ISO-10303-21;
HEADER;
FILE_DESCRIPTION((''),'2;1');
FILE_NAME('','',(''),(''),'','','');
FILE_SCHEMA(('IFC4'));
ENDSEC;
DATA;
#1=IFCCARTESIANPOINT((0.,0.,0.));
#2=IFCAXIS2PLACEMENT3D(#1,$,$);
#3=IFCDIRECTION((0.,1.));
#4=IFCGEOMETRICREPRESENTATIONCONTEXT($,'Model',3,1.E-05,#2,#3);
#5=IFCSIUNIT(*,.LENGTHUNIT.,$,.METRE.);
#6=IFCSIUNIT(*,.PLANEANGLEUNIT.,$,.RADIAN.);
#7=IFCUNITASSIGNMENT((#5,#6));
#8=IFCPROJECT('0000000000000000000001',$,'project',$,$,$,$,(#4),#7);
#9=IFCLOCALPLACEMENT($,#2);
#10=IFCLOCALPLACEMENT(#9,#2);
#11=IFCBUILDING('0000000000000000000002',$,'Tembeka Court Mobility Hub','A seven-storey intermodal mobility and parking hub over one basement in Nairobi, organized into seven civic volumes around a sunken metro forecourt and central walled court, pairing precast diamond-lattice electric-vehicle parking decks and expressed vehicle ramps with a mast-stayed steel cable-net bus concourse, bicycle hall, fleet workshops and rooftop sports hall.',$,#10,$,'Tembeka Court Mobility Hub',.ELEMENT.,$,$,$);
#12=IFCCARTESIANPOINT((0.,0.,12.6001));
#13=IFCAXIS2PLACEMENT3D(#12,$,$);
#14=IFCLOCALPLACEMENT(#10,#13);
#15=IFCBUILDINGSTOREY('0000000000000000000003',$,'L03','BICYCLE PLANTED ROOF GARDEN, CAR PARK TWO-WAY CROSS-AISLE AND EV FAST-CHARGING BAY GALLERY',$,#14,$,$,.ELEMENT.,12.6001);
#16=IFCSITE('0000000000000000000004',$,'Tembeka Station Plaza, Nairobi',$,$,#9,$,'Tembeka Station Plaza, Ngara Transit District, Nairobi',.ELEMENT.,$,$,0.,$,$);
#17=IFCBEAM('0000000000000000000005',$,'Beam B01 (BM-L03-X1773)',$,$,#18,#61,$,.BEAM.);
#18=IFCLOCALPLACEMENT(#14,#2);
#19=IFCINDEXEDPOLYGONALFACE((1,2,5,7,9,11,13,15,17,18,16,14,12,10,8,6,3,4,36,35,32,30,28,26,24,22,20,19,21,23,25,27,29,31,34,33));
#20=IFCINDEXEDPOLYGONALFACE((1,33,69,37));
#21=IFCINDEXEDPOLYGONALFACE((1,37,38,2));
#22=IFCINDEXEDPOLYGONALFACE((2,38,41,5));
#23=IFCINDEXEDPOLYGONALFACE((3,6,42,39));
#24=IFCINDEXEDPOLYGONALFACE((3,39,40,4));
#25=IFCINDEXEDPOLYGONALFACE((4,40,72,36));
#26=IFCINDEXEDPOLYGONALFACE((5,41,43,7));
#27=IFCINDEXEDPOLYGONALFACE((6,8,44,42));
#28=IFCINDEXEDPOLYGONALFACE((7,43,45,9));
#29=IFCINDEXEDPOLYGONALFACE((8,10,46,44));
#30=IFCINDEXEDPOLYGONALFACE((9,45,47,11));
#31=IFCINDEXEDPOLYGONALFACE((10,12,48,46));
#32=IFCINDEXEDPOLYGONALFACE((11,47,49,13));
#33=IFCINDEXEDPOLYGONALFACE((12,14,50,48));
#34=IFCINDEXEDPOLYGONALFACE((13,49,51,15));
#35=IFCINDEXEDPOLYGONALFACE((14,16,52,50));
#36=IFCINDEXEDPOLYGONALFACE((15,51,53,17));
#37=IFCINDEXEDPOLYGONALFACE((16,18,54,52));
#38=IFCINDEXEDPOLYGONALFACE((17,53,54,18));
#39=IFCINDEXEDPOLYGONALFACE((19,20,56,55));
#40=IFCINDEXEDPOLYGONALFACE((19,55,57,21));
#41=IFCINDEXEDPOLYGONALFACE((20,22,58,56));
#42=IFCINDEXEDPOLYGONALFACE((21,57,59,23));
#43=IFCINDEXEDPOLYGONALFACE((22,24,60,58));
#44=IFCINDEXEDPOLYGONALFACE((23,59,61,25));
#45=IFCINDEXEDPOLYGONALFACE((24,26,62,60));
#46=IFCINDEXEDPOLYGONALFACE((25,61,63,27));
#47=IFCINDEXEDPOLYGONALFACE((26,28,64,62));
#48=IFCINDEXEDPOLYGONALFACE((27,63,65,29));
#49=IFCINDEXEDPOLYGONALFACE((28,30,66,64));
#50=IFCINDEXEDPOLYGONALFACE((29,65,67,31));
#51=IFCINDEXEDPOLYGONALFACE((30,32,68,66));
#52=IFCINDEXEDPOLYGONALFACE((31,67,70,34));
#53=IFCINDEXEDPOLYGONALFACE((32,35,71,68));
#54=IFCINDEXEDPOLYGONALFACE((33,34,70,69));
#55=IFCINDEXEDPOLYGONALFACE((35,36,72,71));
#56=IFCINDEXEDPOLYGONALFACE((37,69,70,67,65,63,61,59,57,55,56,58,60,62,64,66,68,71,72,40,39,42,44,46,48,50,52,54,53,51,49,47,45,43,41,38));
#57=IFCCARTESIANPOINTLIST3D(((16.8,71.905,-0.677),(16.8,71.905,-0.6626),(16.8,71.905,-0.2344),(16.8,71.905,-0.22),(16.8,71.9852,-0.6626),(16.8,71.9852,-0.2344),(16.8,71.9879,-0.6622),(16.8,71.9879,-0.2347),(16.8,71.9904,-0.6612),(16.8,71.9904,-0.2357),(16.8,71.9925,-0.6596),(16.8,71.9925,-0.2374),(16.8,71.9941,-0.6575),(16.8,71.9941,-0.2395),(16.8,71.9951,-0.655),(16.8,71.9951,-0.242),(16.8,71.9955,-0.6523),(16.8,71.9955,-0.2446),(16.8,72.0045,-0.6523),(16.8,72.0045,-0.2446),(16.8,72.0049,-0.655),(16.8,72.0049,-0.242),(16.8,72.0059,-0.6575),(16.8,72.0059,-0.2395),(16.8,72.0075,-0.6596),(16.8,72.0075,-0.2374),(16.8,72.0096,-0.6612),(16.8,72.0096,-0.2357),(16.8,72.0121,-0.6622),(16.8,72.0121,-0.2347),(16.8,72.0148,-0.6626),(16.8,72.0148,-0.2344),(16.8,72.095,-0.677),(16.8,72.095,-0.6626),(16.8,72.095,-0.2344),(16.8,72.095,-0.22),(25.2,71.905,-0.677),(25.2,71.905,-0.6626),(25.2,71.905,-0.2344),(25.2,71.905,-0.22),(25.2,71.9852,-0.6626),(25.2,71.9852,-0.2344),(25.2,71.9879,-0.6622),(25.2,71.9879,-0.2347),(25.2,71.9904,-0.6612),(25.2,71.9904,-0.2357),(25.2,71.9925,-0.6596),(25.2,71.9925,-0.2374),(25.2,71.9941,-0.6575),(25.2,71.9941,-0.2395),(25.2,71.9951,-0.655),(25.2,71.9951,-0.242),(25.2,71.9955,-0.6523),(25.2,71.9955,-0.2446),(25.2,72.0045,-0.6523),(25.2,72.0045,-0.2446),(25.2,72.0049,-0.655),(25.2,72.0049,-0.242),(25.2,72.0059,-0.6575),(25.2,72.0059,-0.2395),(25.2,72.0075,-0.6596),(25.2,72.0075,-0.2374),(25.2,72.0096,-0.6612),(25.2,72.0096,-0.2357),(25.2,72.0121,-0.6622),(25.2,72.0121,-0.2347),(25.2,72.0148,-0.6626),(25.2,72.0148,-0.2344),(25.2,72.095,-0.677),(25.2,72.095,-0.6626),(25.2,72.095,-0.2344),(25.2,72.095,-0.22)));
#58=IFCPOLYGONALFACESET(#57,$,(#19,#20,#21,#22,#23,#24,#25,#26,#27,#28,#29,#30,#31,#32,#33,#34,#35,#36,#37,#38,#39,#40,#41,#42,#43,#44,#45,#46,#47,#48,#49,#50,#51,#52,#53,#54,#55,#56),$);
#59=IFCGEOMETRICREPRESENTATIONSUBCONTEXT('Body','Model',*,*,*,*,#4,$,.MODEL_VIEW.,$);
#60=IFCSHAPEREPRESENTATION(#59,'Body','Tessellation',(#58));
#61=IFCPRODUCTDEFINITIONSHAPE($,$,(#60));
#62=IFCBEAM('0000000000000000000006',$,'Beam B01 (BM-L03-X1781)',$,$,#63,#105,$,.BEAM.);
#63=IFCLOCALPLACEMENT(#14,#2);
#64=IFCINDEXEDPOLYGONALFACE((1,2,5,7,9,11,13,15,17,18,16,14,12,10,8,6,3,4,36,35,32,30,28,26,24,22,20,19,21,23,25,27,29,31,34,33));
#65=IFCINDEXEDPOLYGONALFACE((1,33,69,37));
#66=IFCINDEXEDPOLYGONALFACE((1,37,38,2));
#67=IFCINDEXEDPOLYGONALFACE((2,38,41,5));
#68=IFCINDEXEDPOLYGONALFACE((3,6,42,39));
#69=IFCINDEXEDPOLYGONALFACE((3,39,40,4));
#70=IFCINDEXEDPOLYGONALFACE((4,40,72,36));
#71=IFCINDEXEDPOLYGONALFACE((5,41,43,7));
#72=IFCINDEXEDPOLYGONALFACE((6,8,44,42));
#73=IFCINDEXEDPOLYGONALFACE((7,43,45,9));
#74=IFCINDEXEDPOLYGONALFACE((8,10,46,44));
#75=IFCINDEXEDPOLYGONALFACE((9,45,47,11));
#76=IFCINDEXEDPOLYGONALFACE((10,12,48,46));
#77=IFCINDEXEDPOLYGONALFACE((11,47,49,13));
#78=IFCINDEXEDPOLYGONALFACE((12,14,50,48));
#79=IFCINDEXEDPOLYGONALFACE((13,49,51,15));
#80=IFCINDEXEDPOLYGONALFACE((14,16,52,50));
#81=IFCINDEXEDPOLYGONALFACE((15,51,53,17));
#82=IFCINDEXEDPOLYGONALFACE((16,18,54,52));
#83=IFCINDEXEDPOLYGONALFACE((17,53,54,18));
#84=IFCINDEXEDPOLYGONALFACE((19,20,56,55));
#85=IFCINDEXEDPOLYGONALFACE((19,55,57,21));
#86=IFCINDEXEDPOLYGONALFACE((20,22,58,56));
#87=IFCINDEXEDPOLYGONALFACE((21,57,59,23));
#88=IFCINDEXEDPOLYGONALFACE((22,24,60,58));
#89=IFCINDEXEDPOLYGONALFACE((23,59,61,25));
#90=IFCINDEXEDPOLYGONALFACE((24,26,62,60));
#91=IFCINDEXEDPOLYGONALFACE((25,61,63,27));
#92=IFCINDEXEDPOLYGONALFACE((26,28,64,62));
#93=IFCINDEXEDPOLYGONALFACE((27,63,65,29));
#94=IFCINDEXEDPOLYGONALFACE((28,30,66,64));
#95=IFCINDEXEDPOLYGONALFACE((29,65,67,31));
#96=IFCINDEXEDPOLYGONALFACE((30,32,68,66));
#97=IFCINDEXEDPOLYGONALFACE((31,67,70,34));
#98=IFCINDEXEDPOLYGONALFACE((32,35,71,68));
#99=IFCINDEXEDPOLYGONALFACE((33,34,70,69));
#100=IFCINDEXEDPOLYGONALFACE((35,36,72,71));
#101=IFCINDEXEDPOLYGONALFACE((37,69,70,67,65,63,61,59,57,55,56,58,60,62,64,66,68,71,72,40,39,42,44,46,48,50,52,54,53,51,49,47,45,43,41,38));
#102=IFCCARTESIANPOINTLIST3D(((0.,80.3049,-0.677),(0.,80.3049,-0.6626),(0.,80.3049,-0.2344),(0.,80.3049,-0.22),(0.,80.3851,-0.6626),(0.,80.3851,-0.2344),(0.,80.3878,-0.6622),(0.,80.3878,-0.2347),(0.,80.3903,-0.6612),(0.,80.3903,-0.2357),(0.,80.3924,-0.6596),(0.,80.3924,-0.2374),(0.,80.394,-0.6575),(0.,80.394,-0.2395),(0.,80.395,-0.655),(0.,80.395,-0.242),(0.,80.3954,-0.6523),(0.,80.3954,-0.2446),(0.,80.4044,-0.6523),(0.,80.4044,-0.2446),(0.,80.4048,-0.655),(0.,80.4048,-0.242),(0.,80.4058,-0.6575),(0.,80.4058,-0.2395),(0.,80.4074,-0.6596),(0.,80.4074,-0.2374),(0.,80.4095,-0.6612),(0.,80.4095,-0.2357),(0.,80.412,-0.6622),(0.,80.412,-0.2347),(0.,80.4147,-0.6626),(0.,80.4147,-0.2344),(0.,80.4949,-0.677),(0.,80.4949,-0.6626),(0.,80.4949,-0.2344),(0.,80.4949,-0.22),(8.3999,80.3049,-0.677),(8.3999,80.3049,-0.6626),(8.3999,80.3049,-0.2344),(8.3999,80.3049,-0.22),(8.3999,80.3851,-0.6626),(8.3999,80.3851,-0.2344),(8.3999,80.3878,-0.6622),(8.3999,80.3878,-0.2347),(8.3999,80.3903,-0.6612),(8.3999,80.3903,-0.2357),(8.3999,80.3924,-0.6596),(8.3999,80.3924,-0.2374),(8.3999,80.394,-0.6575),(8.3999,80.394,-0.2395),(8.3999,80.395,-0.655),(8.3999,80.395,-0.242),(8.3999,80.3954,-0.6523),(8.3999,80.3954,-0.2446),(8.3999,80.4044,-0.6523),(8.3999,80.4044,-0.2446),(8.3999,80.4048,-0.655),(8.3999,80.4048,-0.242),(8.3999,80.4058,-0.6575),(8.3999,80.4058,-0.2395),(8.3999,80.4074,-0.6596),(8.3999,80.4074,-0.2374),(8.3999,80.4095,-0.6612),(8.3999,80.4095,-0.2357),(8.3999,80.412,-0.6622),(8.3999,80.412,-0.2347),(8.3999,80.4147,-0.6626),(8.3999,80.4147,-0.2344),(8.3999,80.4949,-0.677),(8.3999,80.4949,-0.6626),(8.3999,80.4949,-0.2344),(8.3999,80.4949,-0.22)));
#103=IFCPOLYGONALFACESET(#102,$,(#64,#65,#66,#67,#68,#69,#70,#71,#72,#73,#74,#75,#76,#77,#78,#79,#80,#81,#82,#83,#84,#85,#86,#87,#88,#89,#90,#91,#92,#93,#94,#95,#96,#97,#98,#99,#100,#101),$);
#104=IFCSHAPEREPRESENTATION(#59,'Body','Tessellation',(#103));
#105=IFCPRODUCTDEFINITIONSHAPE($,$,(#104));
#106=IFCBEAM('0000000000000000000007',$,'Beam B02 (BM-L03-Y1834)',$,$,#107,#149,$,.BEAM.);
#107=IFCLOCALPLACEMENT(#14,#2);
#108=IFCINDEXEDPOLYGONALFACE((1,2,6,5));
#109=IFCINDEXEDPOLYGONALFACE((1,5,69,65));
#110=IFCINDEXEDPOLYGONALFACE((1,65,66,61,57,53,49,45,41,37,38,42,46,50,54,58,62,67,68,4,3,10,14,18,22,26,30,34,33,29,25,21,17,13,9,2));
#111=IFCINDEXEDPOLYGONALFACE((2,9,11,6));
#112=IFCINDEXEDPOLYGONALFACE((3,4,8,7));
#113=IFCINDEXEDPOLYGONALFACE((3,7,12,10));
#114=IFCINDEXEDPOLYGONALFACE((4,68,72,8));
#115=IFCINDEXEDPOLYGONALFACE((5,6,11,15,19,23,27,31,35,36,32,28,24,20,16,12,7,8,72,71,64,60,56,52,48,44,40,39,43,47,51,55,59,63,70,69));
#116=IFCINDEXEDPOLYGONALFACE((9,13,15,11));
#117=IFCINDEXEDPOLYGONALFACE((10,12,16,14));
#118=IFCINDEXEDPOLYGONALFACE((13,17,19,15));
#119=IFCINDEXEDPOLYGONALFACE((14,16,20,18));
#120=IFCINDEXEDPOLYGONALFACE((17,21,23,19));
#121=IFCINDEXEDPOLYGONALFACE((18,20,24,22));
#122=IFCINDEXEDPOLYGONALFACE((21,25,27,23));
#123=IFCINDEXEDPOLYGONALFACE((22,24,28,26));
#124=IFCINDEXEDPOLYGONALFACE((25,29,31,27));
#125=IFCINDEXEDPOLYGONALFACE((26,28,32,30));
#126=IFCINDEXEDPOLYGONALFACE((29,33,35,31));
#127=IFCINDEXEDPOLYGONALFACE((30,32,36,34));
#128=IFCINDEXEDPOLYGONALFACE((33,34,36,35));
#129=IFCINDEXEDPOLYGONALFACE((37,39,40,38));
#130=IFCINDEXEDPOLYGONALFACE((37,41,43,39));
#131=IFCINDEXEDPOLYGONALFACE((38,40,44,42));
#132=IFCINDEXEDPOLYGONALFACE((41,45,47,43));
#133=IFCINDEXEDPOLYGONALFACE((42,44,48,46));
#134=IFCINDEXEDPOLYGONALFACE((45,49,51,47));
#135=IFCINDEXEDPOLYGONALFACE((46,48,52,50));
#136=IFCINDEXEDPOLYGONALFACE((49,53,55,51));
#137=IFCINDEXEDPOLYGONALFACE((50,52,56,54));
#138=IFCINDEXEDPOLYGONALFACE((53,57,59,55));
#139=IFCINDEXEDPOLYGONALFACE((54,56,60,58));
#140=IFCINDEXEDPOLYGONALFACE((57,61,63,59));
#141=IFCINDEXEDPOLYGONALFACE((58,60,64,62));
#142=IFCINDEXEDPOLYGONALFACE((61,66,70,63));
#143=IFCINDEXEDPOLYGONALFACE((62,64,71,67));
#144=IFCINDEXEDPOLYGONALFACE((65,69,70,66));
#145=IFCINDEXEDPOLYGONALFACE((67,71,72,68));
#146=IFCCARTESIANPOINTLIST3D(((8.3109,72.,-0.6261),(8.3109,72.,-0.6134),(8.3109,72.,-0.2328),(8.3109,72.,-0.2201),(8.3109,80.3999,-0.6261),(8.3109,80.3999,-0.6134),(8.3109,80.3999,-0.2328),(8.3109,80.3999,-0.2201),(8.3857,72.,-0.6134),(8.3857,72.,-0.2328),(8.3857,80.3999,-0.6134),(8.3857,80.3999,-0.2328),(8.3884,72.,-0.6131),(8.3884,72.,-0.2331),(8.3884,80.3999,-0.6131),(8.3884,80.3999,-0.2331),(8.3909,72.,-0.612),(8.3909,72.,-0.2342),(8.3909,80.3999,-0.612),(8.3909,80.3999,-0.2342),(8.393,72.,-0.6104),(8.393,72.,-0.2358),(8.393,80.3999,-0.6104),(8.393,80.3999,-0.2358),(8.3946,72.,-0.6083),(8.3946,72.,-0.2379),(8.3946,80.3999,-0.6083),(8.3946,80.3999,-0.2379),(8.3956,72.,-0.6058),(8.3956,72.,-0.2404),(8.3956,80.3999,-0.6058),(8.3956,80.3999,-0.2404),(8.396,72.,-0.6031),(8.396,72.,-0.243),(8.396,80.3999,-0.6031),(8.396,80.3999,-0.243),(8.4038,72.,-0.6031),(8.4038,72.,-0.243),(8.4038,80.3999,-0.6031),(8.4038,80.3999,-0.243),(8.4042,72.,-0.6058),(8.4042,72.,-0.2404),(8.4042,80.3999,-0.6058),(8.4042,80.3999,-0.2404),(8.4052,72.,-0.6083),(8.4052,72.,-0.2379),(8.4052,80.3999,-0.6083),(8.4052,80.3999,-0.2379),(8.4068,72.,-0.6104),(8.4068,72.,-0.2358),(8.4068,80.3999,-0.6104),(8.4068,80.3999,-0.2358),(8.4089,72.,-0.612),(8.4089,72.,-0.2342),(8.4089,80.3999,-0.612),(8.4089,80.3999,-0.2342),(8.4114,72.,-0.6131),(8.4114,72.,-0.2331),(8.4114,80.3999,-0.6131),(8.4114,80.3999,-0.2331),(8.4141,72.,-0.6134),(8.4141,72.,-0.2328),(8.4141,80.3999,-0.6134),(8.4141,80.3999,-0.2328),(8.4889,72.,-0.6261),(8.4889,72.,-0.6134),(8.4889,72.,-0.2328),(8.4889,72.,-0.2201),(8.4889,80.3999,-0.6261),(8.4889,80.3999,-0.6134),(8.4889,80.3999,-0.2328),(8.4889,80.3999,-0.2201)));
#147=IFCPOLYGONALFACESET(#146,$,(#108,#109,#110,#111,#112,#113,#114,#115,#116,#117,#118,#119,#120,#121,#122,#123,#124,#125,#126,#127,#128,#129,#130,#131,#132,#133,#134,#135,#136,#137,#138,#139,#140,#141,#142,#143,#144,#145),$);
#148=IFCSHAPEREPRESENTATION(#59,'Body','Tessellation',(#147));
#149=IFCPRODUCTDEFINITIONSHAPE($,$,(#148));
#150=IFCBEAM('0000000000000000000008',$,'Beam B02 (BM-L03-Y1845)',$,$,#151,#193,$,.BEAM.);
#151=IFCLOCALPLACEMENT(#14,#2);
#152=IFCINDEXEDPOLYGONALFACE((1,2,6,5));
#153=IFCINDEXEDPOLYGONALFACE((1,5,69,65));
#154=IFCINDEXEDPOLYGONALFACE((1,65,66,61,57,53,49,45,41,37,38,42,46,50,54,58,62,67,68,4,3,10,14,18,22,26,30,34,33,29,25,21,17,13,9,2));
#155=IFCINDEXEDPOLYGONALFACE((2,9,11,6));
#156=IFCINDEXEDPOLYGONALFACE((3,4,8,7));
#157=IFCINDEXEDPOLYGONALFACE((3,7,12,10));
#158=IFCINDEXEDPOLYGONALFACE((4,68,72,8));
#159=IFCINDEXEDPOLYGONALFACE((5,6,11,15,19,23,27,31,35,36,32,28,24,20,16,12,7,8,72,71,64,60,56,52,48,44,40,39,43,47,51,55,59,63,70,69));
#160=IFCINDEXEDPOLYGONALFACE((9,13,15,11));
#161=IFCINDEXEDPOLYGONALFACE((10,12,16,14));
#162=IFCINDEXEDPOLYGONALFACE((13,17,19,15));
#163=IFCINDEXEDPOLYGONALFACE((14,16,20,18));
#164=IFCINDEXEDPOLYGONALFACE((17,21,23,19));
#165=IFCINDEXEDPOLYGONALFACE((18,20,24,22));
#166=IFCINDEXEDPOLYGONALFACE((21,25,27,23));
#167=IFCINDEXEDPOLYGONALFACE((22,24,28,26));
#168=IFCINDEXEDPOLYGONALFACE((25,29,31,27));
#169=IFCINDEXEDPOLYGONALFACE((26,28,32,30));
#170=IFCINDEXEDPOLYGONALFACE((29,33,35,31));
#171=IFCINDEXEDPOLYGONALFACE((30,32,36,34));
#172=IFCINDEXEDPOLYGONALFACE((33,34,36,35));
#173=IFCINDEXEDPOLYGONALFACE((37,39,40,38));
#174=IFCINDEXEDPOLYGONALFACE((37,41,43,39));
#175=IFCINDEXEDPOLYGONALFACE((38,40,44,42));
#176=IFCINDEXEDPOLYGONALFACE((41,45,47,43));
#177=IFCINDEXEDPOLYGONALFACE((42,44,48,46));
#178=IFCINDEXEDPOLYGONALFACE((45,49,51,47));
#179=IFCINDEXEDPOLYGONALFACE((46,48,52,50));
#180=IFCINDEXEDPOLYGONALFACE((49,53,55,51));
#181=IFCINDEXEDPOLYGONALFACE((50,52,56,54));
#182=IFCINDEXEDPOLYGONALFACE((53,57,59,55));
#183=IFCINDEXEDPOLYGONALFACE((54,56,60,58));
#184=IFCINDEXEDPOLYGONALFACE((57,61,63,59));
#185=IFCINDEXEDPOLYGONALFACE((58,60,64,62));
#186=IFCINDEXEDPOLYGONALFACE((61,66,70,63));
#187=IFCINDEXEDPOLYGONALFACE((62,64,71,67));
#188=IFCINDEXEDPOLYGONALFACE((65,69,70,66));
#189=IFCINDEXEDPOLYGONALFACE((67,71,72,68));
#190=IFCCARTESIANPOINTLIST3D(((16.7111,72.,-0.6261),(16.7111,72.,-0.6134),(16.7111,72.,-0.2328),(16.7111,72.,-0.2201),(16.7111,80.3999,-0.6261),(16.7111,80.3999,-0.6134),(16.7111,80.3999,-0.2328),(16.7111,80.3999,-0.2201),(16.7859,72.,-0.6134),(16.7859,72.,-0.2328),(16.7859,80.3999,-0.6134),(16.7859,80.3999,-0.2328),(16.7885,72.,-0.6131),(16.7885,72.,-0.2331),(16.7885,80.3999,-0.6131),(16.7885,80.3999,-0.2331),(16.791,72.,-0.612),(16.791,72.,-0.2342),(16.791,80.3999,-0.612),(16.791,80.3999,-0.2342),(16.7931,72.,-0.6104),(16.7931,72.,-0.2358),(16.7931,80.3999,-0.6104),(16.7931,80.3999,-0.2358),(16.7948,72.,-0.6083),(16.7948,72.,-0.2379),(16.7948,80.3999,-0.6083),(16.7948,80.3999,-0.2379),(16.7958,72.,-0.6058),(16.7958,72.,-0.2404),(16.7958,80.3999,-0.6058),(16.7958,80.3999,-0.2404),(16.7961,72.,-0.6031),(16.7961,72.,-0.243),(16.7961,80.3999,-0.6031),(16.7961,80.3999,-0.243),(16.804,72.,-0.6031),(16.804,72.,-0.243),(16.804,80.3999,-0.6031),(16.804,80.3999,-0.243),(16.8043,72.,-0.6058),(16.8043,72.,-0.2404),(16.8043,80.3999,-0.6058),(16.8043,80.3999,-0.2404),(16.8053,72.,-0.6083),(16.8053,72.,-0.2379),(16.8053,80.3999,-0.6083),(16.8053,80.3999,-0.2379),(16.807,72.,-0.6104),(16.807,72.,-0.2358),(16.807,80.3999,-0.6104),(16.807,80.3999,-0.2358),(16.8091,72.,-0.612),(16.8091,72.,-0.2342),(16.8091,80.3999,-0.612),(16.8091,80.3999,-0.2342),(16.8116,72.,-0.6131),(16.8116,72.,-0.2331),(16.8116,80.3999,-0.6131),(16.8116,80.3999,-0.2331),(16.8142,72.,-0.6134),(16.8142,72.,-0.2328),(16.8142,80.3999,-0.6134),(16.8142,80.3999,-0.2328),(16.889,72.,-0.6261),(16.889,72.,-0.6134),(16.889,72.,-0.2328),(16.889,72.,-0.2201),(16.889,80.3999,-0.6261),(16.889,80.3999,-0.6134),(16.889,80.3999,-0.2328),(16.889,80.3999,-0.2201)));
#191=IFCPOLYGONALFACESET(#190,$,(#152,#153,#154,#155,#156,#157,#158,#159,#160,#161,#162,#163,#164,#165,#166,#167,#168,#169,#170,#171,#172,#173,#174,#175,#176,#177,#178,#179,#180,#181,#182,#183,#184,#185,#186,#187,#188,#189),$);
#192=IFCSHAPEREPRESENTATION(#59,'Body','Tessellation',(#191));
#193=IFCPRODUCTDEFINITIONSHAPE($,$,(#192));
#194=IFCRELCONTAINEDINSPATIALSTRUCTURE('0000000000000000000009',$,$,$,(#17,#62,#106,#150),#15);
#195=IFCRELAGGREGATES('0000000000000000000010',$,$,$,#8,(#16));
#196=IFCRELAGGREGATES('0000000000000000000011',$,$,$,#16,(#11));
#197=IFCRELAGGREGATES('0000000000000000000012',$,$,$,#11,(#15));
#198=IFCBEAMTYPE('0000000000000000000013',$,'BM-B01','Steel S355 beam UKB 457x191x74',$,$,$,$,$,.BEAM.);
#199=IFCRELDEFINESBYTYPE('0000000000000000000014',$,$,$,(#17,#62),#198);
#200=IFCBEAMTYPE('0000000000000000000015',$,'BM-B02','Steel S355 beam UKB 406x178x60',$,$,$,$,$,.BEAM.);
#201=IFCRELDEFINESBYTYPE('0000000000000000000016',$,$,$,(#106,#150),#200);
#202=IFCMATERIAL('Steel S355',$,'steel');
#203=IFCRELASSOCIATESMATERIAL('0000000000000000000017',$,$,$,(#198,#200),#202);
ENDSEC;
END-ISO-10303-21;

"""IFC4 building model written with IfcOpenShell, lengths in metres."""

from ifc_helpers import new_model, si_unit, direction, frame, origin, origin_2d, place, context, subcontext, project, spatial, i_section, extrude, material, material_profile, profile_set, type_object, element, save


model = new_model("IFC4")

# Units and contexts
model_context = context("Model", 3, precision=1e-05, world=origin(), true_north=direction((0.0, 1.0)))
body_context = subcontext(model_context, "Body", "Model", "MODEL_VIEW")
ifc_project = project(units=[si_unit("LENGTHUNIT", "METRE"), si_unit("PLANEANGLEUNIT", "RADIAN")], contexts=[model_context])

# Site, building, storey
site_placement = place(None, origin())
site = spatial("IfcSite", under=ifc_project, at=site_placement, Name="Tembeka Station Plaza, Nairobi", LongName="Tembeka Station Plaza, Ngara Transit District, Nairobi", CompositionType="ELEMENT", RefElevation=0.0)
building_placement = place(site_placement, origin())
building = spatial("IfcBuilding", under=site, at=building_placement, Name="Tembeka Court Mobility Hub", Description="A seven-storey intermodal mobility and parking hub over one basement in Nairobi, organized into seven civic volumes around a sunken metro forecourt and central walled court, pairing precast diamond-lattice electric-vehicle parking decks and expressed vehicle ramps with a mast-stayed steel cable-net bus concourse, bicycle hall, fleet workshops and rooftop sports hall.", LongName="Tembeka Court Mobility Hub", CompositionType="ELEMENT")
storey_placement = place(building_placement, frame((0.0, 0.0, 12.6001)))
storey = spatial("IfcBuildingStorey", under=building, at=storey_placement, Name="L03", Description="BICYCLE PLANTED ROOF GARDEN, CAR PARK TWO-WAY CROSS-AISLE AND EV FAST-CHARGING BAY GALLERY", CompositionType="ELEMENT", Elevation=12.6001)

# Shared definitions
ifc_material_1 = material(Name="Steel S355", Category="steel")

# Beams
ifc_material_profile_1 = material_profile(ifc_material_1, i_section(OverallWidth=0.1899, OverallDepth=0.457, WebThickness=0.009, FlangeThickness=0.0144, FilletRadius=0.0103, at=origin_2d()), Name="UKB 457x191x74")
ifc_profile_set_1 = profile_set([ifc_material_profile_1], Name="Steel S355")
beam_type_1 = type_object("IfcBeamType", Name="BM-B01", Description="Steel S355 beam UKB 457x191x74", PredefinedType="BEAM", material=ifc_profile_set_1)
for number, where, z_axis, x_axis, name in (
    (1, (16.8, 72.0, -0.4485), (1.0, 0.0, 0.0), (0.0, 1.0, 0.0), "Beam B01 (BM-L03-X1773)"),
    (2, (0.0, 80.3999, -0.4485), (1.0, 0.0, 0.0), (0.0, 1.0, 0.0), "Beam B01 (BM-L03-X1781)"),
):
    element("IfcBeam", number, at=place(storey_placement, frame(where, z_axis=z_axis, x_axis=x_axis)), inside=storey, type_object=beam_type_1, Name=name, PredefinedType="BEAM", context=body_context, shape_type="SweptSolid", body=[
        extrude(i_section(OverallWidth=0.1899, OverallDepth=0.457, WebThickness=0.009, FlangeThickness=0.0144, FilletRadius=0.0103, at=origin_2d()), origin(), (0.0, 0.0, 1.0), 8.3999),
    ])
ifc_material_profile_2 = material_profile(ifc_material_1, i_section(OverallWidth=0.178, OverallDepth=0.406, WebThickness=0.0078, FlangeThickness=0.0127, FilletRadius=0.0103, at=origin_2d()), Name="UKB 406x178x60")
ifc_profile_set_2 = profile_set([ifc_material_profile_2], Name="Steel S355")
beam_type_2 = type_object("IfcBeamType", Name="BM-B02", Description="Steel S355 beam UKB 406x178x60", PredefinedType="BEAM", material=ifc_profile_set_2)
for number, where, z_axis, x_axis, name in (
    (3, (8.3999, 72.0, -0.4231), (0.0, 1.0, 0.0), (-1.0, 0.0, 0.0), "Beam B02 (BM-L03-Y1834)"),
    (4, (16.8, 72.0, -0.4231), (0.0, 1.0, 0.0), (-1.0, 0.0, 0.0), "Beam B02 (BM-L03-Y1845)"),
):
    element("IfcBeam", number, at=place(storey_placement, frame(where, z_axis=z_axis, x_axis=x_axis)), inside=storey, type_object=beam_type_2, Name=name, PredefinedType="BEAM", context=body_context, shape_type="SweptSolid", body=[
        extrude(i_section(OverallWidth=0.178, OverallDepth=0.406, WebThickness=0.0078, FlangeThickness=0.0127, FilletRadius=0.0103, at=origin_2d()), origin(), (0.0, 0.0, 1.0), 8.3999),
    ])

save(model, "model.ifc")
